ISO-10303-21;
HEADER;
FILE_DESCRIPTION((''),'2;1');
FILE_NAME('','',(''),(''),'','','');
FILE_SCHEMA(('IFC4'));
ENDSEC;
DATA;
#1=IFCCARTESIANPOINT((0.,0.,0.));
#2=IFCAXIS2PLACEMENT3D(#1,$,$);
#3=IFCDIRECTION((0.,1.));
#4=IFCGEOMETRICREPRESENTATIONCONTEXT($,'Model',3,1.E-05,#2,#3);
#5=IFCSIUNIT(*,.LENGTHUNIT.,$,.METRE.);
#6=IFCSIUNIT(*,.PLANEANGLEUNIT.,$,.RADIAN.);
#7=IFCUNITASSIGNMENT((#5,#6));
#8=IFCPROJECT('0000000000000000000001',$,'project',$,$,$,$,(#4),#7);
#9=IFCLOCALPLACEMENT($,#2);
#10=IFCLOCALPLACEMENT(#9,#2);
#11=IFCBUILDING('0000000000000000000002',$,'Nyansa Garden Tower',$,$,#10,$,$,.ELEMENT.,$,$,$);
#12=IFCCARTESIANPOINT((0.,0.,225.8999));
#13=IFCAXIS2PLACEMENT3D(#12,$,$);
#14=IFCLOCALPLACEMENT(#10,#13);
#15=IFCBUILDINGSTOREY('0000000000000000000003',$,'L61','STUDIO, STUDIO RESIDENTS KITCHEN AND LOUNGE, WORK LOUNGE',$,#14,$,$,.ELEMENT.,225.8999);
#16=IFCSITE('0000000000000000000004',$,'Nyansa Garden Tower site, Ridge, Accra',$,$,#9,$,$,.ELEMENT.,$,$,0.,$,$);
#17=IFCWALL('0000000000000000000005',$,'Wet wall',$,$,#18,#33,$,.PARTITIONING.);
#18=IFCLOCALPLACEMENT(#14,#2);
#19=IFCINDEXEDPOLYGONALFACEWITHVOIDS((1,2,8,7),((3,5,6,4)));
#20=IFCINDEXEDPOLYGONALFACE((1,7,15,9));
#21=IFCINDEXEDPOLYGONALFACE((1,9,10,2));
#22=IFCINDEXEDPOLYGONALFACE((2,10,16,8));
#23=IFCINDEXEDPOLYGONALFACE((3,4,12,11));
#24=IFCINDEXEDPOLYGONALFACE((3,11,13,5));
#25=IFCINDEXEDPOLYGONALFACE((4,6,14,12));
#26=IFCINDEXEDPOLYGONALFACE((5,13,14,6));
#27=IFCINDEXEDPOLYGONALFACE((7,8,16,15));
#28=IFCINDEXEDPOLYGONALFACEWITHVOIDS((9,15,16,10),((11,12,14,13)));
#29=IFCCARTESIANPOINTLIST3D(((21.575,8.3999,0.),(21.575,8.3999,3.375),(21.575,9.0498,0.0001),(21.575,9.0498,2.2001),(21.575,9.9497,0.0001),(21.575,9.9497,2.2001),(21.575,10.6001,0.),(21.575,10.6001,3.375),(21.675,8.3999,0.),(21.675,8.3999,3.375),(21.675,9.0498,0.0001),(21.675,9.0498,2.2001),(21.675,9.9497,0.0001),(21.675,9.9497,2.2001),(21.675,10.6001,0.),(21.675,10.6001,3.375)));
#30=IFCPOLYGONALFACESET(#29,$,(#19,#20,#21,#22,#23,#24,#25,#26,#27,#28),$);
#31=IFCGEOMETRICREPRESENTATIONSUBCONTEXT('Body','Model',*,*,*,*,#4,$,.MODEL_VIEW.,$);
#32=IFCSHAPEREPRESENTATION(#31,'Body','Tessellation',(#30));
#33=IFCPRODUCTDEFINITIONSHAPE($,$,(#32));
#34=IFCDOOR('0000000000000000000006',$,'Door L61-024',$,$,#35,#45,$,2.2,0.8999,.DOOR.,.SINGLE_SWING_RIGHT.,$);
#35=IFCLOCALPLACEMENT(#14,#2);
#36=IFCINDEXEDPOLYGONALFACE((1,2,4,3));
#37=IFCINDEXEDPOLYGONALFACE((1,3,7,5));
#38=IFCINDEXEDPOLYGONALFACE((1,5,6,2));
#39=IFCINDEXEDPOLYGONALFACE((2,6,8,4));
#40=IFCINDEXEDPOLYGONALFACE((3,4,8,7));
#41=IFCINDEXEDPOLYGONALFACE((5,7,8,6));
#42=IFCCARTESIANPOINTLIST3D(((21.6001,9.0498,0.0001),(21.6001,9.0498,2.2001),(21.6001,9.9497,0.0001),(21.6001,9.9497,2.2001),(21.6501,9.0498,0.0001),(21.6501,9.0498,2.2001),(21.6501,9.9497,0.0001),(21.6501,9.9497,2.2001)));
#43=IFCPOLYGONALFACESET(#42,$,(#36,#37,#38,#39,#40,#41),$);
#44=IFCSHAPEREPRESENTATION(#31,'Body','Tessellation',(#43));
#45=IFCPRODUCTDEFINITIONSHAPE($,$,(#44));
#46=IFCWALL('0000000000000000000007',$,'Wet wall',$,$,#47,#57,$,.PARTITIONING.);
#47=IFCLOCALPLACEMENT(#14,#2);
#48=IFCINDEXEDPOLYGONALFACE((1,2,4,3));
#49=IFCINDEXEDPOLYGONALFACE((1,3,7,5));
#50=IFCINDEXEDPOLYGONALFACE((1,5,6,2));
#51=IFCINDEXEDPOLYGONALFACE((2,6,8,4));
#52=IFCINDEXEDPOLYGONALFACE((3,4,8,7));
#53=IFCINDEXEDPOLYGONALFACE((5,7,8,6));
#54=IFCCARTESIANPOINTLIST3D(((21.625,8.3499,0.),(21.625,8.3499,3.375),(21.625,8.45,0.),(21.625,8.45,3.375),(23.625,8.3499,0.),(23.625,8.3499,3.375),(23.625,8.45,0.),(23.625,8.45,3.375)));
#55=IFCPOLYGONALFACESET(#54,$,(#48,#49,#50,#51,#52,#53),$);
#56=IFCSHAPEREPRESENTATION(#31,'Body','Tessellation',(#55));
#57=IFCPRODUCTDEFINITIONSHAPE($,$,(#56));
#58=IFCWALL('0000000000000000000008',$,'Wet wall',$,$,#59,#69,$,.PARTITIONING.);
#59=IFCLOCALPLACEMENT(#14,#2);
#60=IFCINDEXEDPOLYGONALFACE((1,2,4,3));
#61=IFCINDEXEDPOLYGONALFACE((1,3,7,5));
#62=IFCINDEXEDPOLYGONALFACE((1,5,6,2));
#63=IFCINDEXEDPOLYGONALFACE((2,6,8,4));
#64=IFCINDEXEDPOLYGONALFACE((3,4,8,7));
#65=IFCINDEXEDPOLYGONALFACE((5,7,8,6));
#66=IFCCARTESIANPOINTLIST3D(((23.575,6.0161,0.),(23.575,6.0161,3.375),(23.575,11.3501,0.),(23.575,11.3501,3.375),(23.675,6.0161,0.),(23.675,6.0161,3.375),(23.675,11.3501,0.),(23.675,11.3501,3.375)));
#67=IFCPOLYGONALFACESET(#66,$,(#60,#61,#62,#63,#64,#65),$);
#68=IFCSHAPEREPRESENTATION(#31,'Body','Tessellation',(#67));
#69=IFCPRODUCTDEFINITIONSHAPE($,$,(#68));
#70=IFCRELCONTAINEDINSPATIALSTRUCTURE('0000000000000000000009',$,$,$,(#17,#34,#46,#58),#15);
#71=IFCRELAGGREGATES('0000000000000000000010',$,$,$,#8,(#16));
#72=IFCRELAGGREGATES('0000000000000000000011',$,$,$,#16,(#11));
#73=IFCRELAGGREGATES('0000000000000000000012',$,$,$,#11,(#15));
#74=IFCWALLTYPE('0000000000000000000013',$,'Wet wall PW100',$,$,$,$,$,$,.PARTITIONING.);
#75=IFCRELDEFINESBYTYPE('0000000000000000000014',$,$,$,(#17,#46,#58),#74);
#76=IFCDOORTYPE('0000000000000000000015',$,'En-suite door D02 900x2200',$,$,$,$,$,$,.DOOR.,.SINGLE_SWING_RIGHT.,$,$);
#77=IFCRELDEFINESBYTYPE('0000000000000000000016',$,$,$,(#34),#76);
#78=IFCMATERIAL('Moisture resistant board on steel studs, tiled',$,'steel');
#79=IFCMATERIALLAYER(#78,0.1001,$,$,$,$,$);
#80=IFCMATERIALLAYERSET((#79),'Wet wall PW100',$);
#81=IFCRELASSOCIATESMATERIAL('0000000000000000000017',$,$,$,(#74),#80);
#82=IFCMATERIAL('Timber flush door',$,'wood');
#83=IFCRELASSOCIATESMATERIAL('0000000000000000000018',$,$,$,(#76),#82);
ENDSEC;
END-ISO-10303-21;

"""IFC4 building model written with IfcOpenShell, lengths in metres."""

from ifc_helpers import new_model, si_unit, direction, frame, frame_2d, origin, place, context, subcontext, project, spatial, rectangle, extrude, material, layer, layer_set, type_object, element, fill, save


model = new_model("IFC4")

# Units and contexts
model_context = context("Model", 3, precision=1e-05, world=origin(), true_north=direction((0.0, 1.0)))
body_context = subcontext(model_context, "Body", "Model", "MODEL_VIEW")
ifc_project = project(units=[si_unit("LENGTHUNIT", "METRE"), si_unit("PLANEANGLEUNIT", "RADIAN")], contexts=[model_context])

# Site, building, storey
site_placement = place(None, origin())
site = spatial("IfcSite", under=ifc_project, at=site_placement, Name="Nyansa Garden Tower site, Ridge, Accra", CompositionType="ELEMENT", RefElevation=0.0)
building_placement = place(site_placement, origin())
building = spatial("IfcBuilding", under=site, at=building_placement, Name="Nyansa Garden Tower", CompositionType="ELEMENT")
storey_placement = place(building_placement, frame((0.0, 0.0, 225.8999)))
storey = spatial("IfcBuildingStorey", under=building, at=storey_placement, Name="L61", Description="STUDIO, STUDIO RESIDENTS KITCHEN AND LOUNGE, WORK LOUNGE", CompositionType="ELEMENT", Elevation=225.8999)

# Shared definitions
ifc_material_1 = material(Name="Moisture resistant board on steel studs, tiled", Category="steel")
ifc_layer_1 = layer(ifc_material_1, 0.1001)
ifc_layer_set_1 = layer_set([ifc_layer_1], Name="Wet wall PW100")
wall_type_1 = type_object("IfcWallType", Name="Wet wall PW100", PredefinedType="PARTITIONING", material=ifc_layer_set_1)
ifc_material_2 = material(Name="Timber flush door", Category="wood")
door_type_1 = type_object("IfcDoorType", Name="En-suite door D02 900x2200", OperationType="SINGLE_SWING_RIGHT", PredefinedType="DOOR", material=ifc_material_2)

# Wall, opening, door
wall_1_placement = place(storey_placement, frame((21.625, 8.3999, 0.0), z_axis=(0.0, 0.0, 1.0), x_axis=(0.0, 1.0, 0.0)))
wall_1 = element("IfcWall", 1, at=wall_1_placement, inside=storey, type_object=wall_type_1, Name="Wet wall", PredefinedType="PARTITIONING", context=body_context, shape_type="SweptSolid", body=[
    extrude(rectangle(XDim=2.2002, YDim=0.1001, at=frame_2d((1.1001, 0.0))), origin(), (0.0, 0.0, 1.0), 3.375),
])
opening_1_placement = place(wall_1_placement, frame((0.6499, 0.0, 0.0)))
opening_1 = element("IfcOpeningElement", 2, at=opening_1_placement, cuts=wall_1, PredefinedType="OPENING", context=body_context, shape_type="SweptSolid", body=[
    extrude(rectangle(XDim=0.8999, YDim=2.2, at=frame_2d((0.45, 1.1001))), frame((0.0, 0.0601, 0.0), z_axis=(0.0, -1.0, 0.0), x_axis=(1.0, 0.0, 0.0)), (0.0, 0.0, 1.0), 0.1201),
])
door_1_placement = place(opening_1_placement, origin())
door_1 = element("IfcDoor", 3, at=door_1_placement, inside=storey, type_object=door_type_1, Name="Door L61-024", OperationType="SINGLE_SWING_RIGHT", OverallHeight=2.2, OverallWidth=0.8999, PredefinedType="DOOR", context=body_context, shape_type="SweptSolid", body=[
    extrude(rectangle(XDim=0.8999, YDim=2.2, at=frame_2d((0.45, 1.1001))), frame((0.0, 0.0249, 0.0), z_axis=(0.0, -1.0, 0.0), x_axis=(1.0, 0.0, 0.0)), (0.0, 0.0, 1.0), 0.05),
])
fill(opening_1, door_1)

# Walls
wall_2_placement = place(storey_placement, frame((21.625, 8.3999, 0.0), z_axis=(0.0, 0.0, 1.0), x_axis=(1.0, 0.0, 0.0)))
element("IfcWall", 4, at=wall_2_placement, inside=storey, type_object=wall_type_1, Name="Wet wall", PredefinedType="PARTITIONING", context=body_context, shape_type="SweptSolid", body=[
    extrude(rectangle(XDim=2.0, YDim=0.1001, at=frame_2d((1.0, 0.0))), origin(), (0.0, 0.0, 1.0), 3.375),
])
wall_3_placement = place(storey_placement, frame((23.625, 6.0161, 0.0), z_axis=(0.0, 0.0, 1.0), x_axis=(0.0, 1.0, 0.0)))
element("IfcWall", 5, at=wall_3_placement, inside=storey, type_object=wall_type_1, Name="Wet wall", PredefinedType="PARTITIONING", context=body_context, shape_type="SweptSolid", body=[
    extrude(rectangle(XDim=5.334, YDim=0.1001, at=frame_2d((2.667, 0.0))), origin(), (0.0, 0.0, 1.0), 3.375),
])

save(model, "model.ifc")
